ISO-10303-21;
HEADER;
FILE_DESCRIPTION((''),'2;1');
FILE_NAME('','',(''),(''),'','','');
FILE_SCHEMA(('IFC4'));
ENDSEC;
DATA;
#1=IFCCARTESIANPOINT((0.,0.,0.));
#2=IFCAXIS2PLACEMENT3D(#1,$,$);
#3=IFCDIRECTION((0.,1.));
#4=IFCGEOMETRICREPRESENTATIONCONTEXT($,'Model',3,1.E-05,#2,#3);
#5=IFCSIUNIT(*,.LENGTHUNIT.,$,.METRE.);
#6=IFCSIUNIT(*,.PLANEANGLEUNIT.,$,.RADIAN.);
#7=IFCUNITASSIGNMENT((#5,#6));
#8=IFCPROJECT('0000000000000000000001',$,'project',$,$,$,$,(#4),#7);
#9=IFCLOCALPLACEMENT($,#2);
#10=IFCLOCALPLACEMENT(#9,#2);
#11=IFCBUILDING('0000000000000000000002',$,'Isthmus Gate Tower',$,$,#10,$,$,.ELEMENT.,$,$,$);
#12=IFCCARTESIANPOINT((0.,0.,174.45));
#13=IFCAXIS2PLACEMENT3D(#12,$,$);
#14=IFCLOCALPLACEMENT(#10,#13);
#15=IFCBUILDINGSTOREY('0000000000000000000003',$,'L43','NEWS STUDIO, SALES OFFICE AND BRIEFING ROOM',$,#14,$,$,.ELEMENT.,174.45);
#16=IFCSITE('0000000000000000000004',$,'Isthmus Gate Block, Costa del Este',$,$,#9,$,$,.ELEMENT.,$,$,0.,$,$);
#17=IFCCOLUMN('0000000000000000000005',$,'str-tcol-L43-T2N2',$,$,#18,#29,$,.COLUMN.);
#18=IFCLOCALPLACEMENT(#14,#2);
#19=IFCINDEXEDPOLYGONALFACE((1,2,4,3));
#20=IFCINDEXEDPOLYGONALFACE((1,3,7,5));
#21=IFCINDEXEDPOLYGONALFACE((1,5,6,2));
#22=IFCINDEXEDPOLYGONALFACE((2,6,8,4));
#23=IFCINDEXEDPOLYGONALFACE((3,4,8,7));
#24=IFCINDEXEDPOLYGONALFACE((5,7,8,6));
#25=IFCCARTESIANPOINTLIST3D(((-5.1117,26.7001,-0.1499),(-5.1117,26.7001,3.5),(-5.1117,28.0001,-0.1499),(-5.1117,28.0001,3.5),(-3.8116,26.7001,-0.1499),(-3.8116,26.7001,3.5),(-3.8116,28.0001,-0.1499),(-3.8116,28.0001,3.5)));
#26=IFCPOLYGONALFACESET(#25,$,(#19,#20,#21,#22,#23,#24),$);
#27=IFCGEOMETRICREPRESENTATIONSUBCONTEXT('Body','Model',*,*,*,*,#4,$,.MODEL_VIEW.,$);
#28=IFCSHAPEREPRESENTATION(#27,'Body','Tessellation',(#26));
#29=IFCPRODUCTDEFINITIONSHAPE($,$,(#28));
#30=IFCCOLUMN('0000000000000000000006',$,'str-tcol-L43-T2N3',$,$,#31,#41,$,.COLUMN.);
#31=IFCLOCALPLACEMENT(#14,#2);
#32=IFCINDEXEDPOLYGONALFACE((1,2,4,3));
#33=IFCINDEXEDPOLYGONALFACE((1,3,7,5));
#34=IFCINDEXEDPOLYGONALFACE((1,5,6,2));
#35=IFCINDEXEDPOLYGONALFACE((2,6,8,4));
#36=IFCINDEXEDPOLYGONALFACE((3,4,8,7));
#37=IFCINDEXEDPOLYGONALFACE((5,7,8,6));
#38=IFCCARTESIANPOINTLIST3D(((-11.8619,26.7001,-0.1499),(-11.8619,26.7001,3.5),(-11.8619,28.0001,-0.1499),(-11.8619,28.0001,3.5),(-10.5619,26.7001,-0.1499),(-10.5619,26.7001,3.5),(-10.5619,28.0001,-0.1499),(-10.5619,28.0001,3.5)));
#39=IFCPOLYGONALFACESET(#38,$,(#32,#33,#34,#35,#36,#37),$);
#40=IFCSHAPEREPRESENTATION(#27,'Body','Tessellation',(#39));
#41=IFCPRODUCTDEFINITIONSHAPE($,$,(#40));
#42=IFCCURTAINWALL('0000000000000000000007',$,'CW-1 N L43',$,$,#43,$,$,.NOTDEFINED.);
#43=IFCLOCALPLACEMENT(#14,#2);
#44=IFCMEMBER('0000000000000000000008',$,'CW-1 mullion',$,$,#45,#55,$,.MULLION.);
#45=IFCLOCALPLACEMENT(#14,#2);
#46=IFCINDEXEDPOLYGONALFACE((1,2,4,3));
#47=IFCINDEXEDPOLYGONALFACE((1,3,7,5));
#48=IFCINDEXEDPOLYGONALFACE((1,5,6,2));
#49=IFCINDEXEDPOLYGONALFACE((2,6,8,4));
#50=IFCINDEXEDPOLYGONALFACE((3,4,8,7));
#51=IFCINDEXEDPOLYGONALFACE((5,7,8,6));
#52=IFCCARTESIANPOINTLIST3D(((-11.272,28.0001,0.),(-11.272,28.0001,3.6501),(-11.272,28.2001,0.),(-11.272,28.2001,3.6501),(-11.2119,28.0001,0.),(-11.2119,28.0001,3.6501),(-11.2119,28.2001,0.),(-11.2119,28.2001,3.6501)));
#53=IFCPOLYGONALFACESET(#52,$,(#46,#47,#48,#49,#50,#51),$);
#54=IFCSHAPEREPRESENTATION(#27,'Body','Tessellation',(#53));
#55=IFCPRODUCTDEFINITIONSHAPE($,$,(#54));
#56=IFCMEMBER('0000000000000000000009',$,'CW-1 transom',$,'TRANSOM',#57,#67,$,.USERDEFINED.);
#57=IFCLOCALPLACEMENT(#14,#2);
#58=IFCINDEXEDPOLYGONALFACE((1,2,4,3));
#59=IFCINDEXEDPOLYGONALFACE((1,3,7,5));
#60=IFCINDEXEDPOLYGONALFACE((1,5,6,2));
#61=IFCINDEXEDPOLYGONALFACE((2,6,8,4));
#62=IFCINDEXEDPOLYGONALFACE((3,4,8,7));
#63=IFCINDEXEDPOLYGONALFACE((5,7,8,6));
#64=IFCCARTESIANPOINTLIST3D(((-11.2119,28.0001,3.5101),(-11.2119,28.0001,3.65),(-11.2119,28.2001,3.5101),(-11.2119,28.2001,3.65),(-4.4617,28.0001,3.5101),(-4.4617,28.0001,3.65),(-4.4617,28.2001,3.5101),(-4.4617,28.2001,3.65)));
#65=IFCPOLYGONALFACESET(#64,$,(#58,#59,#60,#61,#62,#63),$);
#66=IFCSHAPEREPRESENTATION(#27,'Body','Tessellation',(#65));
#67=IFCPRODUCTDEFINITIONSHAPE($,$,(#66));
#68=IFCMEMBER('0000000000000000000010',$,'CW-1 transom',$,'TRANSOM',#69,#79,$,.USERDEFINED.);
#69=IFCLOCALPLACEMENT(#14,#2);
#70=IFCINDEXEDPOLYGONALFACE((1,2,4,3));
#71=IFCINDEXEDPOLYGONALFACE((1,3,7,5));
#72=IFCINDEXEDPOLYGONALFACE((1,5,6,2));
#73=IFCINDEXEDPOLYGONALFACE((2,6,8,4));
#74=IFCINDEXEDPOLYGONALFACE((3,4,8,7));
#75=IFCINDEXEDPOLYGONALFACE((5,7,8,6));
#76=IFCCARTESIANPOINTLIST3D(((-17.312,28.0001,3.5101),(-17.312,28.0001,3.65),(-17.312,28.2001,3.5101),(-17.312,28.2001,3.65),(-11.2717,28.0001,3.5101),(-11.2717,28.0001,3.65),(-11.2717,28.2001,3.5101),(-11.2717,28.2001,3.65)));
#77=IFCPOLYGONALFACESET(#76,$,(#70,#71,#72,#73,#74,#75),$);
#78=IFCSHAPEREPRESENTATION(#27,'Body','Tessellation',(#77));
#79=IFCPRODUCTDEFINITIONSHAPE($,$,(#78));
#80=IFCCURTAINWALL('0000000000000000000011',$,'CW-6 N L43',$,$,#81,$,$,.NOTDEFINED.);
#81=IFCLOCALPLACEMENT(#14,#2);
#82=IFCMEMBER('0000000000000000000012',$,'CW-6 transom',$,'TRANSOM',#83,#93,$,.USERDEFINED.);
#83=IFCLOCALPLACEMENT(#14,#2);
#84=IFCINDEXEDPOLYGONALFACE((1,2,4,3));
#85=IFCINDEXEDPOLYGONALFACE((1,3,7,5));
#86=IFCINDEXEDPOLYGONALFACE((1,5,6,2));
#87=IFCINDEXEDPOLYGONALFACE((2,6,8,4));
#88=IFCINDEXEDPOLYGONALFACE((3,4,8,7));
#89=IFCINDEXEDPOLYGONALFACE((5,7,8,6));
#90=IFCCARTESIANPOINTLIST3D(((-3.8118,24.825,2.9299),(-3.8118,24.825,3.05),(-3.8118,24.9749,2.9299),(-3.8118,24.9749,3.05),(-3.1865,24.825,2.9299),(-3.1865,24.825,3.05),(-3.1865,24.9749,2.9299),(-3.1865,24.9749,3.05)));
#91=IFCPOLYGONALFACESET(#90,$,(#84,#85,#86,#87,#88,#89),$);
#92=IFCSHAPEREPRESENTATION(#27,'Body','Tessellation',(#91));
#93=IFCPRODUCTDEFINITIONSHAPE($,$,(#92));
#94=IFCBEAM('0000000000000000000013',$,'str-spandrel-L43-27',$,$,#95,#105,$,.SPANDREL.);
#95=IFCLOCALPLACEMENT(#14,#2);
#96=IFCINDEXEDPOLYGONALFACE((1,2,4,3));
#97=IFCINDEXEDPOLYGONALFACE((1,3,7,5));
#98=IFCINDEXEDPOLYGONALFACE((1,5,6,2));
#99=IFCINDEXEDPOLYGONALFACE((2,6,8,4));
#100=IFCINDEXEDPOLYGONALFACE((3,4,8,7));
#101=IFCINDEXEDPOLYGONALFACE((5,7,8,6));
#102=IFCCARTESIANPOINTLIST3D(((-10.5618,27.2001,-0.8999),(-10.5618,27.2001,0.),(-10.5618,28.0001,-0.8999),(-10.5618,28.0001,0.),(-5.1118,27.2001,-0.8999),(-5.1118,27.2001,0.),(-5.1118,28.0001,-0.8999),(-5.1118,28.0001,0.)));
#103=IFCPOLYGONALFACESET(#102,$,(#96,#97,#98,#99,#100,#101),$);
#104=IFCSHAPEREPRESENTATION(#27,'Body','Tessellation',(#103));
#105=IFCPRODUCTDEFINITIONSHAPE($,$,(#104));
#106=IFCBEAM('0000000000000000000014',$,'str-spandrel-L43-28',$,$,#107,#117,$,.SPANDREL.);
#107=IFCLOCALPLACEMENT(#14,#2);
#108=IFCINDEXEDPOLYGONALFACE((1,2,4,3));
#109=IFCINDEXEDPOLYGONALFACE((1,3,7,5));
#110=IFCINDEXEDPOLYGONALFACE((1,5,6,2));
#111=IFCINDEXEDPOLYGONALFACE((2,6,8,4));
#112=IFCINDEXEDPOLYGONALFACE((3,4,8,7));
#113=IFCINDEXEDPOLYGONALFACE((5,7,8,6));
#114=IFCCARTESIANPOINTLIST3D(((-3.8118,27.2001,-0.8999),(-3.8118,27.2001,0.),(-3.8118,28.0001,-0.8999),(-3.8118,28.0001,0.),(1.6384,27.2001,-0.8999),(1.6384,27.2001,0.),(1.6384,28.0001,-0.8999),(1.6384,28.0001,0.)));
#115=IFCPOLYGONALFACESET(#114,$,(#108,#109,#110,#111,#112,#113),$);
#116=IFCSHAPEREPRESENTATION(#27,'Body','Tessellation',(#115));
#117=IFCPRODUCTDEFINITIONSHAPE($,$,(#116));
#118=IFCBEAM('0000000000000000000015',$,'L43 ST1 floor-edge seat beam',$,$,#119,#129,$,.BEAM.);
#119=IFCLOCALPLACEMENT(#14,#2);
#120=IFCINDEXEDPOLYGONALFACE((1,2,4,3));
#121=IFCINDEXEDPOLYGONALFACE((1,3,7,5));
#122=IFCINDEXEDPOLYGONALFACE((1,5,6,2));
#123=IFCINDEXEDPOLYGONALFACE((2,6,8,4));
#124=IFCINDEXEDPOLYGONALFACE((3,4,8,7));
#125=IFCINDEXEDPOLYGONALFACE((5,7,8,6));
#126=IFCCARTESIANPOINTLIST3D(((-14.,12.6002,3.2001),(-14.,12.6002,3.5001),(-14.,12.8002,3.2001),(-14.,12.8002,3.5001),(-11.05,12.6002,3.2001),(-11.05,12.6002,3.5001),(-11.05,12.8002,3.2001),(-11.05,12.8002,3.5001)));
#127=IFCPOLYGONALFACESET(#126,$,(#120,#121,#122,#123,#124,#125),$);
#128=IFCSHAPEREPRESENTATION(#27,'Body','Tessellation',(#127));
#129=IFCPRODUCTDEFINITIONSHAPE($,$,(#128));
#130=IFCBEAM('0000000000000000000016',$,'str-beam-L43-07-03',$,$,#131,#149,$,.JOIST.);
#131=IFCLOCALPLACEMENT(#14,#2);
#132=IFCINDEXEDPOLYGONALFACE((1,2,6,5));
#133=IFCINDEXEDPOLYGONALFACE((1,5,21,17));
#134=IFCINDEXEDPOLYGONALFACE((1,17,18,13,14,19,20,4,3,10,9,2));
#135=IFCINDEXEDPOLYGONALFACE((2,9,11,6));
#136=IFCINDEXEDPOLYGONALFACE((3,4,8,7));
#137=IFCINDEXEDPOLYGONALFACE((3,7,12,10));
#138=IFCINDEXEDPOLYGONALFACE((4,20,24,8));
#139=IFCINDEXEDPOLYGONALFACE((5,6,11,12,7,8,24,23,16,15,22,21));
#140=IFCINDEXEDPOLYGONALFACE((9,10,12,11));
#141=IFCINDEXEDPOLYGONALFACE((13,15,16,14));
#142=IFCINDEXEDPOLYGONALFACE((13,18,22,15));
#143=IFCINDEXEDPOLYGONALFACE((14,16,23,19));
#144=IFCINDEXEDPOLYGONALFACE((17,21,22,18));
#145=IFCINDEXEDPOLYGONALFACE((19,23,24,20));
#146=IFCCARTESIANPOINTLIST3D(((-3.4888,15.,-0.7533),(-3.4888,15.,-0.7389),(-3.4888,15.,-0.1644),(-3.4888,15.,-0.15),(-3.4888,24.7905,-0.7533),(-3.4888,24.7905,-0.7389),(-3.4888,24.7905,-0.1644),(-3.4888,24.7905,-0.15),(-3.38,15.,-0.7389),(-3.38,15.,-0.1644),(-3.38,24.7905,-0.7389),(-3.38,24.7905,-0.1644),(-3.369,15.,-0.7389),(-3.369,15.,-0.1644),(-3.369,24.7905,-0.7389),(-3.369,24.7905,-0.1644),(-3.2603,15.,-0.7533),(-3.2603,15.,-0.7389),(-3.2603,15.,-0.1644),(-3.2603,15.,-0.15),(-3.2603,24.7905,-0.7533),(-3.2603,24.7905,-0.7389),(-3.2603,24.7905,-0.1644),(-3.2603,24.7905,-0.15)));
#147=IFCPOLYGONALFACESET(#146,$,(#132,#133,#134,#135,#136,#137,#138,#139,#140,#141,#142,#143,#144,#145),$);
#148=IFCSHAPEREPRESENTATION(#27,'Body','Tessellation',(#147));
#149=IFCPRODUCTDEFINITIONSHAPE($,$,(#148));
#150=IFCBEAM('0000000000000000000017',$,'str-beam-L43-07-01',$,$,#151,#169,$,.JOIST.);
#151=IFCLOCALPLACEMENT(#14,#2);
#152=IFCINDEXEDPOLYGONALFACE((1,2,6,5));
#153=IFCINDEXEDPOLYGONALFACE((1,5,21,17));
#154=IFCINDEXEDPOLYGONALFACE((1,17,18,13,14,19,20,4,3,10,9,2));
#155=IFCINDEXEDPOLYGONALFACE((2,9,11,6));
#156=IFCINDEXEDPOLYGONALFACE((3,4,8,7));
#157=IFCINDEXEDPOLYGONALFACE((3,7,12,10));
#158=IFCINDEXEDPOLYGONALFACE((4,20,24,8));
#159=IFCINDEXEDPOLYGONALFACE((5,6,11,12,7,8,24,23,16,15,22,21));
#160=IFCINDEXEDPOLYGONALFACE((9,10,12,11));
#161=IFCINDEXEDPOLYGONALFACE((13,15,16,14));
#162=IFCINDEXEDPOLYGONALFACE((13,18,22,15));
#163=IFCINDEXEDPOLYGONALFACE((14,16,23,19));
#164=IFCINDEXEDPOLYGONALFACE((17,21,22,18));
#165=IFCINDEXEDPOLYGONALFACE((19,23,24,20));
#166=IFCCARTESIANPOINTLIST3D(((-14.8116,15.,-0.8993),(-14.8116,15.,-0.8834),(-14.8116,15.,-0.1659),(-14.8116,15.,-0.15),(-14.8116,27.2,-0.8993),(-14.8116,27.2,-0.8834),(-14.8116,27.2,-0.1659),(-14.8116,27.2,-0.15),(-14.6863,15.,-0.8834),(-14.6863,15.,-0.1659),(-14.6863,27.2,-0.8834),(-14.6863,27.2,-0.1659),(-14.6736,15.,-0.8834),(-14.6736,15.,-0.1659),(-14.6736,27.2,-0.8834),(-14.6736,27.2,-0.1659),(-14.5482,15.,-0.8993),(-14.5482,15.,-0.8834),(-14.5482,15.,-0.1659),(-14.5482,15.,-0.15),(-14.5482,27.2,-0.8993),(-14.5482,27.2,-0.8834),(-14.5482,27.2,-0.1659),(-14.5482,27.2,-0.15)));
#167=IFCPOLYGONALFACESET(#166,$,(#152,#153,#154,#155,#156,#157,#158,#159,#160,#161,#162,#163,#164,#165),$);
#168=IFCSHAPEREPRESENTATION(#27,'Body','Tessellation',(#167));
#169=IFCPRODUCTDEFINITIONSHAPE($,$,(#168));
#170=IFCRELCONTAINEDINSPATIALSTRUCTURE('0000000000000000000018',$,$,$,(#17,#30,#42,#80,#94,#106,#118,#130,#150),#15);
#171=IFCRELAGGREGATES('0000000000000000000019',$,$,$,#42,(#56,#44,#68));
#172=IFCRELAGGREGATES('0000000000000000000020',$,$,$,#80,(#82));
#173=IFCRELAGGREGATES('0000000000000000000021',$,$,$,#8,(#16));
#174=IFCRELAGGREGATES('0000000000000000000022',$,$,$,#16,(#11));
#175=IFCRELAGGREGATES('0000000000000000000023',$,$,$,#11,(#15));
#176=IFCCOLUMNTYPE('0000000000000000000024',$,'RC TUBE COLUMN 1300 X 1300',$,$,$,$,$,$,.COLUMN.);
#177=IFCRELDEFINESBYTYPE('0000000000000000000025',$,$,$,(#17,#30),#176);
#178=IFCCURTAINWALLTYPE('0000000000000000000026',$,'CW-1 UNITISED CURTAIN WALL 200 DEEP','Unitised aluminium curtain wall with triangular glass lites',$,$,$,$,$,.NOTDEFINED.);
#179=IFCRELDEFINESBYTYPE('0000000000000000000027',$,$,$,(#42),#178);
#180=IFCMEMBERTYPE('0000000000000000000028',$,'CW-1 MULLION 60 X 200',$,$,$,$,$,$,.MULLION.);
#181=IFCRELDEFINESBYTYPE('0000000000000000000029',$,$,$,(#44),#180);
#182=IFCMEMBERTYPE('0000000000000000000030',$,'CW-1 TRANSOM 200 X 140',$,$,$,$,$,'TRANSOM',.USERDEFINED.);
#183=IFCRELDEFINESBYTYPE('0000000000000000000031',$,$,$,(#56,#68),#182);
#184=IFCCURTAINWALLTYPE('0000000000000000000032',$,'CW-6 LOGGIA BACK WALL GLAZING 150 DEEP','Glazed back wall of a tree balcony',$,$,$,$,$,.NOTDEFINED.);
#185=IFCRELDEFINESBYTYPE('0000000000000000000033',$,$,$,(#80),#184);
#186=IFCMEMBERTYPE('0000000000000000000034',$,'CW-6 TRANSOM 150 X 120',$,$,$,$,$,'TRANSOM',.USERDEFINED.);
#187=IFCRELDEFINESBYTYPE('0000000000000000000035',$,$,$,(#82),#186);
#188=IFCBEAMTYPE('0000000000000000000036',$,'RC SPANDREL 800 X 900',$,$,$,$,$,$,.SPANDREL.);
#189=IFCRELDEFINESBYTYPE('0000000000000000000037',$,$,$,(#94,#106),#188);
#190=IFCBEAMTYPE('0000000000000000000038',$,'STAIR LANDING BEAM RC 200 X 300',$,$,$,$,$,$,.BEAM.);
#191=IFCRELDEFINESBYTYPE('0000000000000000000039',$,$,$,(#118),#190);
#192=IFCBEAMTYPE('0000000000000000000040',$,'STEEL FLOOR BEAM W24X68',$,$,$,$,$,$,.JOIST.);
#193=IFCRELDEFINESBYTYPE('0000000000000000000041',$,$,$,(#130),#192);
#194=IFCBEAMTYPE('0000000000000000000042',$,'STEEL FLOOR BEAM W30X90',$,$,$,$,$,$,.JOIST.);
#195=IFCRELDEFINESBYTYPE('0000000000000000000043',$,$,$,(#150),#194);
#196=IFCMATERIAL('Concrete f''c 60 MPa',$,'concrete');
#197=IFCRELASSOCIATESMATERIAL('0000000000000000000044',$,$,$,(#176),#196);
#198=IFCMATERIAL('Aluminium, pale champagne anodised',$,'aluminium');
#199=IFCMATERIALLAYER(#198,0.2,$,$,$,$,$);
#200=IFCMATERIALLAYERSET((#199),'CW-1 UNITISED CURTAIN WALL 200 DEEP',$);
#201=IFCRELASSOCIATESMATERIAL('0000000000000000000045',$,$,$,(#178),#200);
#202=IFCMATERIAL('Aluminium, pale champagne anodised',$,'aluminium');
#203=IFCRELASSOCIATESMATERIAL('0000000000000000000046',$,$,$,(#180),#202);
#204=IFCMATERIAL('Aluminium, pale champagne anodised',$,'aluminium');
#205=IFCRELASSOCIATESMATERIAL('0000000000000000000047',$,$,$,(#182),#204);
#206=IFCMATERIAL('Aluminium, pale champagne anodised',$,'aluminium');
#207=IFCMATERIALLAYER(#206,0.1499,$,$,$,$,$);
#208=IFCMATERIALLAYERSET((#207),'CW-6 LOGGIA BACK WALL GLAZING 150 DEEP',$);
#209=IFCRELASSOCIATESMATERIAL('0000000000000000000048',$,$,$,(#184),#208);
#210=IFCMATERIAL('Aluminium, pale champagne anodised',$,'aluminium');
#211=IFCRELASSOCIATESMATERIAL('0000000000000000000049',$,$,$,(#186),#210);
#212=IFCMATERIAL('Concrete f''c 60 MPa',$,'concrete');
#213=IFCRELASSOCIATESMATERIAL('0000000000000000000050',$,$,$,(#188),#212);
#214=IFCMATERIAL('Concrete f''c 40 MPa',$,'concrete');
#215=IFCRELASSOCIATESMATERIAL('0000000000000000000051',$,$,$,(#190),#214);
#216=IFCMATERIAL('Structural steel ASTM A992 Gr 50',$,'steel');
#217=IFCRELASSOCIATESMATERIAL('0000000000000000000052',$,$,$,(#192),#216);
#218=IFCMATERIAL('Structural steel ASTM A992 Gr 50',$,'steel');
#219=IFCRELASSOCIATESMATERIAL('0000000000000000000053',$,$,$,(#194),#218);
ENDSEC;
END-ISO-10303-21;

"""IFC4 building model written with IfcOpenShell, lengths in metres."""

from ifc_helpers import new_model, si_unit, direction, frame, origin, origin_2d, place, context, subcontext, project, spatial, rectangle, i_section, extrude, material, layer, layer_set, material_profile, profile_set, type_object, element, aggregate, save


model = new_model("IFC4")

# Units and contexts
model_context = context("Model", 3, precision=1e-05, world=origin(), true_north=direction((0.0, 1.0)))
body_context = subcontext(model_context, "Body", "Model", "MODEL_VIEW")
ifc_project = project(units=[si_unit("LENGTHUNIT", "METRE"), si_unit("PLANEANGLEUNIT", "RADIAN")], contexts=[model_context])

# Site, building, storey
site_placement = place(None, origin())
site = spatial("IfcSite", under=ifc_project, at=site_placement, Name="Isthmus Gate Block, Costa del Este", CompositionType="ELEMENT", RefElevation=0.0)
building_placement = place(site_placement, origin())
building = spatial("IfcBuilding", under=site, at=building_placement, Name="Isthmus Gate Tower", CompositionType="ELEMENT")
storey_placement = place(building_placement, frame((0.0, 0.0, 174.45)))
storey = spatial("IfcBuildingStorey", under=building, at=storey_placement, Name="L43", Description="NEWS STUDIO, SALES OFFICE AND BRIEFING ROOM", CompositionType="ELEMENT", Elevation=174.45)

# Columns
ifc_material_1 = material(Name="Concrete f'c 60 MPa", Category="concrete")
ifc_material_profile_1 = material_profile(ifc_material_1, rectangle(XDim=1.3, YDim=1.3, at=origin_2d()), Name="RC 1300X1300")
ifc_profile_set_1 = profile_set([ifc_material_profile_1], Name="Concrete f'c 60 MPa")
column_type = type_object("IfcColumnType", Name="RC TUBE COLUMN 1300 X 1300", PredefinedType="COLUMN", material=ifc_profile_set_1)
for number, where, z_axis, x_axis, name in (
    (1, (-4.4617, 27.3501, -0.1499), (0.0, 0.0, 1.0), (-1.0, 0.0, 0.0), "str-tcol-L43-T2N2"),
    (2, (-11.2119, 27.3501, -0.1499), (0.0, 0.0, 1.0), (-1.0, 0.0, 0.0), "str-tcol-L43-T2N3"),
):
    element("IfcColumn", number, at=place(storey_placement, frame(where, z_axis=z_axis, x_axis=x_axis)), inside=storey, type_object=column_type, Name=name, PredefinedType="COLUMN", context=body_context, shape_type="SweptSolid", body=[
        extrude(rectangle(XDim=1.3, YDim=1.3, at=origin_2d()), origin(), (0.0, 0.0, 1.0), 3.6499),
    ])

# Curtain wall, members
ifc_material_2 = material(Name="Aluminium, pale champagne anodised", Category="aluminium")
ifc_layer_1 = layer(ifc_material_2, 0.2)
ifc_layer_set_1 = layer_set([ifc_layer_1], Name="CW-1 UNITISED CURTAIN WALL 200 DEEP")
curtain_wall_type_1 = type_object("IfcCurtainWallType", Name="CW-1 UNITISED CURTAIN WALL 200 DEEP", Description="Unitised aluminium curtain wall with triangular glass lites", PredefinedType="NOTDEFINED", material=ifc_layer_set_1)
curtain_wall_1_placement = place(storey_placement, origin())
curtain_wall_1 = element("IfcCurtainWall", 3, at=curtain_wall_1_placement, inside=storey, type_object=curtain_wall_type_1, Name="CW-1 N L43", PredefinedType="NOTDEFINED")
ifc_material_3 = material(Name="Aluminium, pale champagne anodised", Category="aluminium")
ifc_material_profile_2 = material_profile(ifc_material_3, rectangle(XDim=0.0601, YDim=0.2, at=origin_2d()), Name="60x200")
ifc_profile_set_2 = profile_set([ifc_material_profile_2], Name="Aluminium, pale champagne anodised")
member_type_1 = type_object("IfcMemberType", Name="CW-1 MULLION 60 X 200", PredefinedType="MULLION", material=ifc_profile_set_2)
member_1_placement = place(storey_placement, frame((-11.2419, 28.1001, 0.0), z_axis=(0.0, 0.0, 1.0), x_axis=(-1.0, 0.0, 0.0)))
member_1 = element("IfcMember", 4, at=member_1_placement, type_object=member_type_1, Name="CW-1 mullion", PredefinedType="MULLION", context=body_context, shape_type="SweptSolid", body=[
    extrude(rectangle(XDim=0.0601, YDim=0.2, at=origin_2d()), origin(), (0.0, 0.0, 1.0), 3.6501),
])
ifc_material_4 = material(Name="Aluminium, pale champagne anodised", Category="aluminium")
ifc_material_profile_3 = material_profile(ifc_material_4, rectangle(XDim=0.2, YDim=0.1399, at=origin_2d()), Name="200x140")
ifc_profile_set_3 = profile_set([ifc_material_profile_3], Name="Aluminium, pale champagne anodised")
member_type_2 = type_object("IfcMemberType", Name="CW-1 TRANSOM 200 X 140", ElementType="TRANSOM", PredefinedType="USERDEFINED", material=ifc_profile_set_3)
member_2_placement = place(storey_placement, frame((-4.4617, 28.1001, 3.5801), z_axis=(-1.0, 0.0, 0.0), x_axis=(0.0, -1.0, 0.0)))
member_2 = element("IfcMember", 5, at=member_2_placement, type_object=member_type_2, Name="CW-1 transom", ObjectType="TRANSOM", PredefinedType="USERDEFINED", context=body_context, shape_type="SweptSolid", body=[
    extrude(rectangle(XDim=0.2, YDim=0.1399, at=origin_2d()), origin(), (0.0, 0.0, 1.0), 6.7502),
])
member_3_placement = place(storey_placement, frame((-11.2717, 28.1001, 3.5801), z_axis=(-1.0, 0.0, 0.0), x_axis=(0.0, -1.0, 0.0)))
member_3 = element("IfcMember", 6, at=member_3_placement, type_object=member_type_2, Name="CW-1 transom", ObjectType="TRANSOM", PredefinedType="USERDEFINED", context=body_context, shape_type="SweptSolid", body=[
    extrude(rectangle(XDim=0.2, YDim=0.1399, at=origin_2d()), origin(), (0.0, 0.0, 1.0), 6.0403),
])

# Curtain wall, member
ifc_material_5 = material(Name="Aluminium, pale champagne anodised", Category="aluminium")
ifc_layer_2 = layer(ifc_material_5, 0.1499)
ifc_layer_set_2 = layer_set([ifc_layer_2], Name="CW-6 LOGGIA BACK WALL GLAZING 150 DEEP")
curtain_wall_type_2 = type_object("IfcCurtainWallType", Name="CW-6 LOGGIA BACK WALL GLAZING 150 DEEP", Description="Glazed back wall of a tree balcony", PredefinedType="NOTDEFINED", material=ifc_layer_set_2)
curtain_wall_2_placement = place(storey_placement, origin())
curtain_wall_2 = element("IfcCurtainWall", 7, at=curtain_wall_2_placement, inside=storey, type_object=curtain_wall_type_2, Name="CW-6 N L43", PredefinedType="NOTDEFINED")
ifc_material_6 = material(Name="Aluminium, pale champagne anodised", Category="aluminium")
ifc_material_profile_4 = material_profile(ifc_material_6, rectangle(XDim=0.1499, YDim=0.1201, at=origin_2d()), Name="150x120")
ifc_profile_set_4 = profile_set([ifc_material_profile_4], Name="Aluminium, pale champagne anodised")
member_type_3 = type_object("IfcMemberType", Name="CW-6 TRANSOM 150 X 120", ElementType="TRANSOM", PredefinedType="USERDEFINED", material=ifc_profile_set_4)
member_4_placement = place(storey_placement, frame((-3.1865, 24.8999, 2.99), z_axis=(-1.0, 0.0, 0.0), x_axis=(0.0, -1.0, 0.0)))
member_4 = element("IfcMember", 8, at=member_4_placement, type_object=member_type_3, Name="CW-6 transom", ObjectType="TRANSOM", PredefinedType="USERDEFINED", context=body_context, shape_type="SweptSolid", body=[
    extrude(rectangle(XDim=0.1499, YDim=0.1201, at=origin_2d()), origin(), (0.0, 0.0, 1.0), 0.6252),
])

# Beams
ifc_material_7 = material(Name="Concrete f'c 60 MPa", Category="concrete")
ifc_material_profile_5 = material_profile(ifc_material_7, rectangle(XDim=0.8, YDim=0.8999, at=origin_2d()), Name="RC 800X900")
ifc_profile_set_5 = profile_set([ifc_material_profile_5], Name="Concrete f'c 60 MPa")
beam_type_1 = type_object("IfcBeamType", Name="RC SPANDREL 800 X 900", PredefinedType="SPANDREL", material=ifc_profile_set_5)
beam_1_placement = place(storey_placement, frame((-10.5618, 27.6001, -0.45), z_axis=(1.0, 0.0, 0.0), x_axis=(0.0, 1.0, 0.0)))
element("IfcBeam", 9, at=beam_1_placement, inside=storey, type_object=beam_type_1, Name="str-spandrel-L43-27", PredefinedType="SPANDREL", context=body_context, shape_type="SweptSolid", body=[
    extrude(rectangle(XDim=0.8, YDim=0.8999, at=origin_2d()), origin(), (0.0, 0.0, 1.0), 5.45),
])
beam_2_placement = place(storey_placement, frame((-3.8118, 27.6001, -0.45), z_axis=(1.0, 0.0, 0.0), x_axis=(0.0, 1.0, 0.0)))
element("IfcBeam", 10, at=beam_2_placement, inside=storey, type_object=beam_type_1, Name="str-spandrel-L43-28", PredefinedType="SPANDREL", context=body_context, shape_type="SweptSolid", body=[
    extrude(rectangle(XDim=0.8, YDim=0.8999, at=origin_2d()), origin(), (0.0, 0.0, 1.0), 5.4502),
])
ifc_material_8 = material(Name="Concrete f'c 40 MPa", Category="concrete")
ifc_material_profile_6 = material_profile(ifc_material_8, rectangle(XDim=0.2, YDim=0.3, at=origin_2d()), Name="STAIR LANDING BEAM RC 200 X 300")
ifc_profile_set_6 = profile_set([ifc_material_profile_6], Name="Concrete f'c 40 MPa")
beam_type_2 = type_object("IfcBeamType", Name="STAIR LANDING BEAM RC 200 X 300", PredefinedType="BEAM", material=ifc_profile_set_6)
beam_3_placement = place(storey_placement, frame((-14.0, 12.7002, 3.3501), z_axis=(1.0, 0.0, 0.0), x_axis=(0.0, 1.0, 0.0)))
element("IfcBeam", 11, at=beam_3_placement, inside=storey, type_object=beam_type_2, Name="L43 ST1 floor-edge seat beam", PredefinedType="BEAM", context=body_context, shape_type="SweptSolid", body=[
    extrude(rectangle(XDim=0.2, YDim=0.3, at=origin_2d()), origin(), (0.0, 0.0, 1.0), 2.95),
])
ifc_material_9 = material(Name="Structural steel ASTM A992 Gr 50", Category="steel")
ifc_material_profile_7 = material_profile(ifc_material_9, i_section(OverallWidth=0.2285, OverallDepth=0.6033, WebThickness=0.011, FlangeThickness=0.0144, at=origin_2d()), Name="W24X68")
ifc_profile_set_7 = profile_set([ifc_material_profile_7], Name="Structural steel ASTM A992 Gr 50")
beam_type_3 = type_object("IfcBeamType", Name="STEEL FLOOR BEAM W24X68", PredefinedType="JOIST", material=ifc_profile_set_7)
beam_4_placement = place(storey_placement, frame((-3.3745, 15.0, -0.4517), z_axis=(0.0, 1.0, 0.0), x_axis=(-1.0, 0.0, 0.0)))
element("IfcBeam", 12, at=beam_4_placement, inside=storey, type_object=beam_type_3, Name="str-beam-L43-07-03", PredefinedType="JOIST", context=body_context, shape_type="SweptSolid", body=[
    extrude(i_section(OverallWidth=0.2285, OverallDepth=0.6033, WebThickness=0.011, FlangeThickness=0.0144, at=origin_2d()), origin(), (0.0, 0.0, 1.0), 9.7905),
])
ifc_material_10 = material(Name="Structural steel ASTM A992 Gr 50", Category="steel")
ifc_material_profile_8 = material_profile(ifc_material_10, i_section(OverallWidth=0.2634, OverallDepth=0.7493, WebThickness=0.0127, FlangeThickness=0.0159, at=origin_2d()), Name="W30X90")
ifc_profile_set_8 = profile_set([ifc_material_profile_8], Name="Structural steel ASTM A992 Gr 50")
beam_type_4 = type_object("IfcBeamType", Name="STEEL FLOOR BEAM W30X90", PredefinedType="JOIST", material=ifc_profile_set_8)
for number, where, z_axis, x_axis, name in (
    (13, (-14.6799, 15.0, -0.5247), (0.0, 1.0, 0.0), (-1.0, 0.0, 0.0), "str-beam-L43-07-01"),
):
    element("IfcBeam", number, at=place(storey_placement, frame(where, z_axis=z_axis, x_axis=x_axis)), inside=storey, type_object=beam_type_4, Name=name, PredefinedType="JOIST", context=body_context, shape_type="SweptSolid", body=[
        extrude(i_section(OverallWidth=0.2634, OverallDepth=0.7493, WebThickness=0.0127, FlangeThickness=0.0159, at=origin_2d()), origin(), (0.0, 0.0, 1.0), 12.2),
    ])

aggregate(curtain_wall_1, [member_2, member_1, member_3])
aggregate(curtain_wall_2, [member_4])

save(model, "model.ifc")
